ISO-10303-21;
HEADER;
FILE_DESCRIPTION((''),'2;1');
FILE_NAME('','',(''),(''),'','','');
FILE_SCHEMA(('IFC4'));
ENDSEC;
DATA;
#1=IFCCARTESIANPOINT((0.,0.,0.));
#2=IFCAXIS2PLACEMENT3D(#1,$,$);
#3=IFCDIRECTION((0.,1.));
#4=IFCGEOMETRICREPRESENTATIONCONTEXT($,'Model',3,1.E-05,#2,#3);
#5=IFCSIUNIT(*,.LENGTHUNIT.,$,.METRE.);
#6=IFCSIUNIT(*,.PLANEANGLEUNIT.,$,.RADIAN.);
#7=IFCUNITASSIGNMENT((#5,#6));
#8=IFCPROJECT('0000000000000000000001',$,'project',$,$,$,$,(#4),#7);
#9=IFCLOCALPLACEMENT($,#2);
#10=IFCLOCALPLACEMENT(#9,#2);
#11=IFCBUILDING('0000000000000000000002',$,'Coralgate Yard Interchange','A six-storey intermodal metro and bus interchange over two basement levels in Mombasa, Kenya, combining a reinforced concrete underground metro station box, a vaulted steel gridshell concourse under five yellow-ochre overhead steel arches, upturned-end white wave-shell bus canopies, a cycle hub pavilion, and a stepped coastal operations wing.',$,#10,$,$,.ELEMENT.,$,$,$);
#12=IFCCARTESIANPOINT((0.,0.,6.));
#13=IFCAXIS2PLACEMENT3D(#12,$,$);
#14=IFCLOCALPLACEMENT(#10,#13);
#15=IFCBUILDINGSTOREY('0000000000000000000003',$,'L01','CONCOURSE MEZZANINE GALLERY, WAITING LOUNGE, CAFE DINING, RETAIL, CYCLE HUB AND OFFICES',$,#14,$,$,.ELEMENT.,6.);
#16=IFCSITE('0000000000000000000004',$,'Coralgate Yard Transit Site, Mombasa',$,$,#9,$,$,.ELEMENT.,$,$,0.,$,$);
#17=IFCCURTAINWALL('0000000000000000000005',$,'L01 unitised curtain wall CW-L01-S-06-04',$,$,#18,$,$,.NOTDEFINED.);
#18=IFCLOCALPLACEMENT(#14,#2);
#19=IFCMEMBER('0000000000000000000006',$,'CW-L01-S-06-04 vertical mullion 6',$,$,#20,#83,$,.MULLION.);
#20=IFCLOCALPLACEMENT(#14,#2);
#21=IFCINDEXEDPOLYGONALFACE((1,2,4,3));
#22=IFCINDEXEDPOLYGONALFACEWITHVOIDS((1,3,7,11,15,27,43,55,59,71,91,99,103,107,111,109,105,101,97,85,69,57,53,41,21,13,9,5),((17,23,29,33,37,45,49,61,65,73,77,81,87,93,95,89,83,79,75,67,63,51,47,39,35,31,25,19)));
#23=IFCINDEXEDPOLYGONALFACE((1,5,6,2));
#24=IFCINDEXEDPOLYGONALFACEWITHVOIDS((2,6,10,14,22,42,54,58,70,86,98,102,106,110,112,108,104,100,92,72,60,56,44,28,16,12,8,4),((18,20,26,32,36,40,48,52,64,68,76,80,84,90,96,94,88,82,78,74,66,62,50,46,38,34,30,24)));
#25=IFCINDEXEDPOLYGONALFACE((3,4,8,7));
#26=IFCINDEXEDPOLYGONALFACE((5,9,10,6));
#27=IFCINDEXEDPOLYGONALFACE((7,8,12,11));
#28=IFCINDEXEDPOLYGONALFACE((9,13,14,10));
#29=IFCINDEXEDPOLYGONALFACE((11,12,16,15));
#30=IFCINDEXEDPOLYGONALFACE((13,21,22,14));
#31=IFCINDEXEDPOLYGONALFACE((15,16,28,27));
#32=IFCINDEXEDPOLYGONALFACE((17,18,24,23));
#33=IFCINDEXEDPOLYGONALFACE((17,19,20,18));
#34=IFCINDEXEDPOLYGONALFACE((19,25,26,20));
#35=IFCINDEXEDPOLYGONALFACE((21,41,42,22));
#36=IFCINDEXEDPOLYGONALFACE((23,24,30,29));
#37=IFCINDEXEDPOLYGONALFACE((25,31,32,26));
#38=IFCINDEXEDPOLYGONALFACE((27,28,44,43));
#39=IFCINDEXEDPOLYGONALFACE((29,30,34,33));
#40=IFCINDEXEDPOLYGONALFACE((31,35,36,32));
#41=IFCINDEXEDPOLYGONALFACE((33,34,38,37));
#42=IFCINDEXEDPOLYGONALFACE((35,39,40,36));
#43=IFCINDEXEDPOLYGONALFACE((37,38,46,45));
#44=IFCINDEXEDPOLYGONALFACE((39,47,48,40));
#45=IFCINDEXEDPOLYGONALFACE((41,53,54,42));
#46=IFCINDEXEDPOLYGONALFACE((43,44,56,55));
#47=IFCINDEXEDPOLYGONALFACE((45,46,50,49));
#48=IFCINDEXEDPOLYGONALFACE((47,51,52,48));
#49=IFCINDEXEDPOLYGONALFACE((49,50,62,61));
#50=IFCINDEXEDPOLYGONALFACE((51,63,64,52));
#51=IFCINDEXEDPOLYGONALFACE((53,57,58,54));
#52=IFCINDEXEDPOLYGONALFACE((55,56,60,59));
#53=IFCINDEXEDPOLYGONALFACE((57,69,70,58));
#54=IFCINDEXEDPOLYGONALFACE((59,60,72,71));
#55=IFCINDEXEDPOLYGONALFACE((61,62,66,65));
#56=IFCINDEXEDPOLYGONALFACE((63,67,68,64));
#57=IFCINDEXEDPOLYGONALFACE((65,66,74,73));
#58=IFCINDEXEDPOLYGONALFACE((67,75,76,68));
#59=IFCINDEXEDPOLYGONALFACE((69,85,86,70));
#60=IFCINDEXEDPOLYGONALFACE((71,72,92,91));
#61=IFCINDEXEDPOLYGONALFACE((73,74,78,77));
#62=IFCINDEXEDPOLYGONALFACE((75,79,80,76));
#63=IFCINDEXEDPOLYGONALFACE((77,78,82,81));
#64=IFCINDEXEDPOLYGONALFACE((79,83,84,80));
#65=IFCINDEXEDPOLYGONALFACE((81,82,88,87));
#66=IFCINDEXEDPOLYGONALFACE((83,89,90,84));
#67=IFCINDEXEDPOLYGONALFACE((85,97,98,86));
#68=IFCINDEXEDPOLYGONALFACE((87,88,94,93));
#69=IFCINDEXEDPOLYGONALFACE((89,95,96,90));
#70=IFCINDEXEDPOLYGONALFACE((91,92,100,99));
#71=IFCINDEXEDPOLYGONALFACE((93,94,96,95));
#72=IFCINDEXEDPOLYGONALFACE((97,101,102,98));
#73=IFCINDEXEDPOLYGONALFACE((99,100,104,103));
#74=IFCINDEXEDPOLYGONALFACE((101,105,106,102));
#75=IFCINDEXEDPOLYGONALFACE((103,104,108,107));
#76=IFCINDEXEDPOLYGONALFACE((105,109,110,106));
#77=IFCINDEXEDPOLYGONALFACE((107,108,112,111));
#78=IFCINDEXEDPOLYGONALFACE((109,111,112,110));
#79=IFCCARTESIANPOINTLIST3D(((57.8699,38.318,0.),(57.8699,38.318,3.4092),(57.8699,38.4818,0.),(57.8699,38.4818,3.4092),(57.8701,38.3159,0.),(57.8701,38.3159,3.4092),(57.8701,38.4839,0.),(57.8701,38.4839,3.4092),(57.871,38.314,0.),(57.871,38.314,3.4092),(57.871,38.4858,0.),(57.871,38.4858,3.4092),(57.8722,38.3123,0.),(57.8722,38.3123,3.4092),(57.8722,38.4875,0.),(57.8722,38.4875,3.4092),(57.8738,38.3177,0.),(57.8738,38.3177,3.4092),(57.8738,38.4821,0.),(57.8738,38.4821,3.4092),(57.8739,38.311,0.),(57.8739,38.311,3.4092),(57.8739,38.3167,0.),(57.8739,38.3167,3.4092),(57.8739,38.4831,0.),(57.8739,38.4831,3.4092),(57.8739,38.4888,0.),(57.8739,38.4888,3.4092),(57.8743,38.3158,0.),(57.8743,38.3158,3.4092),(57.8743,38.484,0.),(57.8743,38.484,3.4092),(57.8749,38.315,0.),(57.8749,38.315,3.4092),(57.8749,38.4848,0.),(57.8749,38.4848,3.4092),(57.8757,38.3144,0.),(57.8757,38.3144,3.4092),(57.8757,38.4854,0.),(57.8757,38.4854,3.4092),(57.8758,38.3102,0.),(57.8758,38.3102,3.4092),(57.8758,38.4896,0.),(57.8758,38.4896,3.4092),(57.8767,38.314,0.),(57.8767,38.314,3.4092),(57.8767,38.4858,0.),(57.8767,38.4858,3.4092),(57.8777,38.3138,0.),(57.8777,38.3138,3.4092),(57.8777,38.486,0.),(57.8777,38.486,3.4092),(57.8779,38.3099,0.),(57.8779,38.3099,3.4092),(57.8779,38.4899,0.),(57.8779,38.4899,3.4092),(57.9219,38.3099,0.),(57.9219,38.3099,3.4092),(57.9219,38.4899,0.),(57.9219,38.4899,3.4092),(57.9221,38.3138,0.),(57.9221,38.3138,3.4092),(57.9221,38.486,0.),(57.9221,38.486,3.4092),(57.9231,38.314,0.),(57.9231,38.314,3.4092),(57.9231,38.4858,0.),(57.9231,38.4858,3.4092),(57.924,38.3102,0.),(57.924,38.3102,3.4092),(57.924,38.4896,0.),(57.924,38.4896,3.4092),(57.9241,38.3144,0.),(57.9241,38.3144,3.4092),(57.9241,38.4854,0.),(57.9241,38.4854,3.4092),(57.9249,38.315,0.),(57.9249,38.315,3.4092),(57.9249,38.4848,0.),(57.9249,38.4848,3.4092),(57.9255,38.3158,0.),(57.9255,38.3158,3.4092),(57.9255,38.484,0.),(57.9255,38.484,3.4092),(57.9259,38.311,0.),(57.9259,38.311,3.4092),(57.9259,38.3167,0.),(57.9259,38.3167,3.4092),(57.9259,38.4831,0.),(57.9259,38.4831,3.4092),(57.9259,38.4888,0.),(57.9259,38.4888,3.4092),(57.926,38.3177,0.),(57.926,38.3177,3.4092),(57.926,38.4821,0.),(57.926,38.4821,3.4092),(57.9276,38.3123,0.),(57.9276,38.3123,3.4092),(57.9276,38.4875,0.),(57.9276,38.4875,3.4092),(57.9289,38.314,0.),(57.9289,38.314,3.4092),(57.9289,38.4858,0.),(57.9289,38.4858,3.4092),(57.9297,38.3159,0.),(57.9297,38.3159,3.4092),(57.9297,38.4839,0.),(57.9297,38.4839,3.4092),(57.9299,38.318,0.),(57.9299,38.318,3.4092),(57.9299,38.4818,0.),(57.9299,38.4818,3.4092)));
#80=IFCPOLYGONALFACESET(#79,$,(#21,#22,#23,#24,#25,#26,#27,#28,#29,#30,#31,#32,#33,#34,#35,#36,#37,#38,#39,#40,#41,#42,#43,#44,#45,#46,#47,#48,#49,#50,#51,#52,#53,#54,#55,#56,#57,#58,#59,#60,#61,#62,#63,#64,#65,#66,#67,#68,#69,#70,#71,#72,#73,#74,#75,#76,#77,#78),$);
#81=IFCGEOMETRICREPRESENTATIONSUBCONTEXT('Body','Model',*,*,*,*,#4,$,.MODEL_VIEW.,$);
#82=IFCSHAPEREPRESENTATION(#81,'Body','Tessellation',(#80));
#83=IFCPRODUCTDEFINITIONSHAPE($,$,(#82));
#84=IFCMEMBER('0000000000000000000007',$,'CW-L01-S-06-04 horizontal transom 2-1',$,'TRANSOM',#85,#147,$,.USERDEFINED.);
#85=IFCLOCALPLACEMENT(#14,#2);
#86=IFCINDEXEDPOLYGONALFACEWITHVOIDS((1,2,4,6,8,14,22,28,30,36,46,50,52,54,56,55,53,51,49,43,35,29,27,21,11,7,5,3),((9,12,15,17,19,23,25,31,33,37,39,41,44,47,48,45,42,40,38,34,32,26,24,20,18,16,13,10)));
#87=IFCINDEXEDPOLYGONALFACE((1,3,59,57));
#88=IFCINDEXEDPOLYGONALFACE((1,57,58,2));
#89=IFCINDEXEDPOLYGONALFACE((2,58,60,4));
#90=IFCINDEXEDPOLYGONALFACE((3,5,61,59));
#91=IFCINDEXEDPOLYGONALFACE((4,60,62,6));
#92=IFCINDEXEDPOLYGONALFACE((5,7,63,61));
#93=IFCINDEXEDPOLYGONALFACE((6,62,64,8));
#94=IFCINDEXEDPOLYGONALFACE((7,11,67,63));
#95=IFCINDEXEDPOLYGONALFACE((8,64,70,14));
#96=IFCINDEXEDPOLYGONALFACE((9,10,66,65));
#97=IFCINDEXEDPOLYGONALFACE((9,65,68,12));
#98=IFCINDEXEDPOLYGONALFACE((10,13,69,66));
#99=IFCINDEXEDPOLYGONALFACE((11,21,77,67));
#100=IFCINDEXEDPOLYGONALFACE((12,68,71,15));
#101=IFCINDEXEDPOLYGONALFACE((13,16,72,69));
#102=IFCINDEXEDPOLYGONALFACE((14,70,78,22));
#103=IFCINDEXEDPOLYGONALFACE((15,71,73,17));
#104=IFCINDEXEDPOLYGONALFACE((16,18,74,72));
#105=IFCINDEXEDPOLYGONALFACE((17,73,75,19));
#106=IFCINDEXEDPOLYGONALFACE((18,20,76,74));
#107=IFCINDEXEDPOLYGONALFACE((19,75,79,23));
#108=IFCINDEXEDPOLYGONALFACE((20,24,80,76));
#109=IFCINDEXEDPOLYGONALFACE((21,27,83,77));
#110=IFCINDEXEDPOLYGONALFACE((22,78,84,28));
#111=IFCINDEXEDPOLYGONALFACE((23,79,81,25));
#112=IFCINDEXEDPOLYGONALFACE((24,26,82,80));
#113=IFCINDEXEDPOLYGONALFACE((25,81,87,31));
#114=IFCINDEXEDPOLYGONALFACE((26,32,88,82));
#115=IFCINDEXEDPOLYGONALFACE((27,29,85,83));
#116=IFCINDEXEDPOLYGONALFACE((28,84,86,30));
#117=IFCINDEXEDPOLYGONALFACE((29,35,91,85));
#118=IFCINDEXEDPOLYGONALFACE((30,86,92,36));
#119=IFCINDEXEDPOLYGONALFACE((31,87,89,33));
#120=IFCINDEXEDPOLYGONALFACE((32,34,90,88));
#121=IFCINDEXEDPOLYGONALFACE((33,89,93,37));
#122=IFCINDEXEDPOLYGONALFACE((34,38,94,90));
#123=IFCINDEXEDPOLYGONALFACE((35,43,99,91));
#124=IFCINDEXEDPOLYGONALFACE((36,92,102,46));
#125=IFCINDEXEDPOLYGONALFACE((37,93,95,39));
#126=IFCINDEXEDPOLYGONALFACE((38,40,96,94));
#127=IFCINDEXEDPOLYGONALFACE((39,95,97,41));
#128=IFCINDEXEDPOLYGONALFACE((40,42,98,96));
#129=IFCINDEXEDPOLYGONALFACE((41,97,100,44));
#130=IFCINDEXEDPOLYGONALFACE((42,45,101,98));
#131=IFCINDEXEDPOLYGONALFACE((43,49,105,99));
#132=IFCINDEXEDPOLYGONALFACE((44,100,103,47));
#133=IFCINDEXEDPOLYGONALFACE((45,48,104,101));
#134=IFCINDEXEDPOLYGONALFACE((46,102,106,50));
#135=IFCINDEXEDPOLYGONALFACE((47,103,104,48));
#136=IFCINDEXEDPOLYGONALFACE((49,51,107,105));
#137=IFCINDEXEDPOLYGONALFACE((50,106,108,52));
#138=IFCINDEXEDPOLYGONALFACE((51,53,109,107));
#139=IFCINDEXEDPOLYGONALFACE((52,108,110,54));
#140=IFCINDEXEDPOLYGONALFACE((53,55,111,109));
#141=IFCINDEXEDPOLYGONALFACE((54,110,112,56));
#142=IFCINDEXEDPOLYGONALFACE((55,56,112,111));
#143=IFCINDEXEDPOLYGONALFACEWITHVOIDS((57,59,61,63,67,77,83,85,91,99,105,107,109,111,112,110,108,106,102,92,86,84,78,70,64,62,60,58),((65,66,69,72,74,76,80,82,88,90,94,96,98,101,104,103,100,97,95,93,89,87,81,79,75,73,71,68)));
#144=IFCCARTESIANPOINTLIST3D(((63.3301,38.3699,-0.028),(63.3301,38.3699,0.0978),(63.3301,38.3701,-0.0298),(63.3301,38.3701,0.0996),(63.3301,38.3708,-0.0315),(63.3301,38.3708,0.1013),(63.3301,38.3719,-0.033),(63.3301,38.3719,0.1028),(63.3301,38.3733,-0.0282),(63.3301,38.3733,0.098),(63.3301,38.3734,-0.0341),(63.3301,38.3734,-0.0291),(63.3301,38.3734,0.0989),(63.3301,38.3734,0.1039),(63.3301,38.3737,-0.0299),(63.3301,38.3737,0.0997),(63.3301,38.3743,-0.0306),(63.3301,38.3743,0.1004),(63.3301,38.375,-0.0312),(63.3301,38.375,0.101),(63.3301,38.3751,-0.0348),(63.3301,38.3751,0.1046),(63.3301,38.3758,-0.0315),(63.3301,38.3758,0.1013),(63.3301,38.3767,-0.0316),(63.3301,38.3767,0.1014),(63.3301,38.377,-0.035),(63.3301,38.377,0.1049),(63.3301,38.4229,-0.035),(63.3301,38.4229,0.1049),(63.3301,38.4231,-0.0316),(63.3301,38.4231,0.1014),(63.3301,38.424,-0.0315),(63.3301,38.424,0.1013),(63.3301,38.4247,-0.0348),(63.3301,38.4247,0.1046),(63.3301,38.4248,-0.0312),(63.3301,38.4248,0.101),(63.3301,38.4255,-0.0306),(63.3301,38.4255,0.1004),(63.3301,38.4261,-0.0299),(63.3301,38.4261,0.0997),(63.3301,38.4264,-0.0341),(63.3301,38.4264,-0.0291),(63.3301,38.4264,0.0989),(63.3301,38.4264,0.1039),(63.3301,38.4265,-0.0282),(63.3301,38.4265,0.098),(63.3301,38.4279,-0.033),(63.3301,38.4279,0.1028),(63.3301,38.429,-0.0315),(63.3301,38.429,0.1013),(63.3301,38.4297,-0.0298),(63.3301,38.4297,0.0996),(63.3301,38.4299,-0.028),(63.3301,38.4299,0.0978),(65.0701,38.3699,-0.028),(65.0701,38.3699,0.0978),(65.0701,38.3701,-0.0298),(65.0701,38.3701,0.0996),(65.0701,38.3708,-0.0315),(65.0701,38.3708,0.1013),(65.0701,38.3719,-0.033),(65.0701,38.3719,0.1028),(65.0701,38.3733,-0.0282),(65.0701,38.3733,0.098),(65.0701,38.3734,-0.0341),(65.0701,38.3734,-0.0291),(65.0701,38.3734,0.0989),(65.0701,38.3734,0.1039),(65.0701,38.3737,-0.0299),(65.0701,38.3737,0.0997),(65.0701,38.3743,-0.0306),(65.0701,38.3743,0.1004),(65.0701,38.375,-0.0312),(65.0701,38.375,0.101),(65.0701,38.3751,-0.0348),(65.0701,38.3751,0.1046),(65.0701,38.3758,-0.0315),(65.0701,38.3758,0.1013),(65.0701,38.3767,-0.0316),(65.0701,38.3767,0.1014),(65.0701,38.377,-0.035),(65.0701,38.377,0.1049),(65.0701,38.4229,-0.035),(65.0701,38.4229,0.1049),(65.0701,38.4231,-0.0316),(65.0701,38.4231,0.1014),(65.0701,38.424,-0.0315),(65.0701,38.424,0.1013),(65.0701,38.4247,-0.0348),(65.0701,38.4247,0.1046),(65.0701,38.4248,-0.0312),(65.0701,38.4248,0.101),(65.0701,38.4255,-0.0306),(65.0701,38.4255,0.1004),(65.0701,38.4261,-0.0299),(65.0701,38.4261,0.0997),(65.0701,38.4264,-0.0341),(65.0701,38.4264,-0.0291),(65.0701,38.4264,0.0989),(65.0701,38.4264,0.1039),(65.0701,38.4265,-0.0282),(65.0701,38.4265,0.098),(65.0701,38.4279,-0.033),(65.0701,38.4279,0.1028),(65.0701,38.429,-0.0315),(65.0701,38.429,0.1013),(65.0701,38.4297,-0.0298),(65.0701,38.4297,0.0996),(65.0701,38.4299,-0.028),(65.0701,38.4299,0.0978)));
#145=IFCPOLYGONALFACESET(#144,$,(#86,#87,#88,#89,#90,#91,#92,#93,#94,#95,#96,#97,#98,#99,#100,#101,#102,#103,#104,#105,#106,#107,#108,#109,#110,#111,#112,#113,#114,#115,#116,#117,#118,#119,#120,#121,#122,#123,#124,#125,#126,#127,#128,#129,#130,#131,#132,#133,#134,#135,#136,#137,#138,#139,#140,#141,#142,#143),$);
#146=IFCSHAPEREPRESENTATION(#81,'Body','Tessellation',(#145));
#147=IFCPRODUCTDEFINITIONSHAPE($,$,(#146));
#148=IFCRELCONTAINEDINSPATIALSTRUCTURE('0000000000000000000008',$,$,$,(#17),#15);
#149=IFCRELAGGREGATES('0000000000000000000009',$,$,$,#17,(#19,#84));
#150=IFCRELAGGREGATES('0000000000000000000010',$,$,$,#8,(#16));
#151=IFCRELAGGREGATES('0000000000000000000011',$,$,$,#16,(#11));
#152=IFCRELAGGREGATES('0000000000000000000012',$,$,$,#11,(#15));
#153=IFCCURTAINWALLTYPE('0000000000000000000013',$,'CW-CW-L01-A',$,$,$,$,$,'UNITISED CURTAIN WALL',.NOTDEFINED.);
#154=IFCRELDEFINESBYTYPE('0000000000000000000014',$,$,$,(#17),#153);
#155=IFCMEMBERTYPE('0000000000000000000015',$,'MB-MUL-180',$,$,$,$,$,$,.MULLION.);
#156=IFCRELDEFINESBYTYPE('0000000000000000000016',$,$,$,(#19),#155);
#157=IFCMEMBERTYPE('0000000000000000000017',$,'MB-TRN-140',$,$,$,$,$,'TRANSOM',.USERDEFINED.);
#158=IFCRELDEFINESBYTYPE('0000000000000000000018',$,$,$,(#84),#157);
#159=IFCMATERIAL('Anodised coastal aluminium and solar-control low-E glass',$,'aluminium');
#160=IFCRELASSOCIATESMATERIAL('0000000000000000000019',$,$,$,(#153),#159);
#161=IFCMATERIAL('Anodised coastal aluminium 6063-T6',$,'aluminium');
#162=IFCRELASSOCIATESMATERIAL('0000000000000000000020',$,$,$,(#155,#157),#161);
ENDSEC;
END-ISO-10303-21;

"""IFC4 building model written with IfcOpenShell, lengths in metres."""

from ifc_helpers import new_model, si_unit, direction, frame, origin, origin_2d, place, context, subcontext, project, spatial, hollow_rectangle, extrude, material, material_profile, profile_set, type_object, element, aggregate, save


model = new_model("IFC4")

# Units and contexts
model_context = context("Model", 3, precision=1e-05, world=origin(), true_north=direction((0.0, 1.0)))
body_context = subcontext(model_context, "Body", "Model", "MODEL_VIEW")
ifc_project = project(units=[si_unit("LENGTHUNIT", "METRE"), si_unit("PLANEANGLEUNIT", "RADIAN")], contexts=[model_context])

# Site, building, storey
site_placement = place(None, origin())
site = spatial("IfcSite", under=ifc_project, at=site_placement, Name="Coralgate Yard Transit Site, Mombasa", CompositionType="ELEMENT", RefElevation=0.0)
building_placement = place(site_placement, origin())
building = spatial("IfcBuilding", under=site, at=building_placement, Name="Coralgate Yard Interchange", Description="A six-storey intermodal metro and bus interchange over two basement levels in Mombasa, Kenya, combining a reinforced concrete underground metro station box, a vaulted steel gridshell concourse under five yellow-ochre overhead steel arches, upturned-end white wave-shell bus canopies, a cycle hub pavilion, and a stepped coastal operations wing.", CompositionType="ELEMENT")
storey_placement = place(building_placement, frame((0.0, 0.0, 6.0)))
storey = spatial("IfcBuildingStorey", under=building, at=storey_placement, Name="L01", Description="CONCOURSE MEZZANINE GALLERY, WAITING LOUNGE, CAFE DINING, RETAIL, CYCLE HUB AND OFFICES", CompositionType="ELEMENT", Elevation=6.0)

# Curtain wall, members
ifc_material_1 = material(Name="Anodised coastal aluminium and solar-control low-E glass", Category="aluminium")
curtain_wall_type = type_object("IfcCurtainWallType", Name="CW-CW-L01-A", ElementType="UNITISED CURTAIN WALL", PredefinedType="NOTDEFINED", material=ifc_material_1)
curtain_wall_placement = place(storey_placement, origin())
curtain_wall = element("IfcCurtainWall", 1, at=curtain_wall_placement, inside=storey, type_object=curtain_wall_type, Name="L01 unitised curtain wall CW-L01-S-06-04", PredefinedType="NOTDEFINED")
ifc_material_2 = material(Name="Anodised coastal aluminium 6063-T6", Category="aluminium")
ifc_material_profile_1 = material_profile(ifc_material_2, hollow_rectangle(XDim=0.0601, YDim=0.1799, WallThickness=0.0039, InnerFilletRadius=0.0039, OuterFilletRadius=0.0081, at=origin_2d()), Name="ALU 60x180x4")
ifc_profile_set_1 = profile_set([ifc_material_profile_1], Name="Anodised coastal aluminium 6063-T6")
member_type_1 = type_object("IfcMemberType", Name="MB-MUL-180", PredefinedType="MULLION", material=ifc_profile_set_1)
member_1_placement = place(storey_placement, frame((57.8999, 38.3999, 0.0), z_axis=(0.0, 0.0, 1.0), x_axis=(1.0, 0.0, 0.0)))
member_1 = element("IfcMember", 2, at=member_1_placement, type_object=member_type_1, Name="CW-L01-S-06-04 vertical mullion 6", PredefinedType="MULLION", context=body_context, shape_type="SweptSolid", body=[
    extrude(hollow_rectangle(XDim=0.0601, YDim=0.1799, WallThickness=0.0039, InnerFilletRadius=0.0039, OuterFilletRadius=0.0081, at=origin_2d()), origin(), (0.0, 0.0, 1.0), 3.4092),
])
ifc_material_profile_2 = material_profile(ifc_material_2, hollow_rectangle(XDim=0.0601, YDim=0.1399, WallThickness=0.0034, InnerFilletRadius=0.0034, OuterFilletRadius=0.0071, at=origin_2d()), Name="ALU 60x140x3.5")
ifc_profile_set_2 = profile_set([ifc_material_profile_2], Name="Anodised coastal aluminium 6063-T6")
member_type_2 = type_object("IfcMemberType", Name="MB-TRN-140", ElementType="TRANSOM", PredefinedType="USERDEFINED", material=ifc_profile_set_2)
member_2_placement = place(storey_placement, frame((65.0701, 38.3999, 0.0349), z_axis=(-1.0, 0.0, 0.0), x_axis=(0.0, -1.0, 0.0)))
member_2 = element("IfcMember", 3, at=member_2_placement, type_object=member_type_2, Name="CW-L01-S-06-04 horizontal transom 2-1", ObjectType="TRANSOM", PredefinedType="USERDEFINED", context=body_context, shape_type="SweptSolid", body=[
    extrude(hollow_rectangle(XDim=0.0601, YDim=0.1399, WallThickness=0.0034, InnerFilletRadius=0.0034, OuterFilletRadius=0.0071, at=origin_2d()), origin(), (0.0, 0.0, 1.0), 1.74),
])
aggregate(curtain_wall, [member_1, member_2])

save(model, "model.ifc")
